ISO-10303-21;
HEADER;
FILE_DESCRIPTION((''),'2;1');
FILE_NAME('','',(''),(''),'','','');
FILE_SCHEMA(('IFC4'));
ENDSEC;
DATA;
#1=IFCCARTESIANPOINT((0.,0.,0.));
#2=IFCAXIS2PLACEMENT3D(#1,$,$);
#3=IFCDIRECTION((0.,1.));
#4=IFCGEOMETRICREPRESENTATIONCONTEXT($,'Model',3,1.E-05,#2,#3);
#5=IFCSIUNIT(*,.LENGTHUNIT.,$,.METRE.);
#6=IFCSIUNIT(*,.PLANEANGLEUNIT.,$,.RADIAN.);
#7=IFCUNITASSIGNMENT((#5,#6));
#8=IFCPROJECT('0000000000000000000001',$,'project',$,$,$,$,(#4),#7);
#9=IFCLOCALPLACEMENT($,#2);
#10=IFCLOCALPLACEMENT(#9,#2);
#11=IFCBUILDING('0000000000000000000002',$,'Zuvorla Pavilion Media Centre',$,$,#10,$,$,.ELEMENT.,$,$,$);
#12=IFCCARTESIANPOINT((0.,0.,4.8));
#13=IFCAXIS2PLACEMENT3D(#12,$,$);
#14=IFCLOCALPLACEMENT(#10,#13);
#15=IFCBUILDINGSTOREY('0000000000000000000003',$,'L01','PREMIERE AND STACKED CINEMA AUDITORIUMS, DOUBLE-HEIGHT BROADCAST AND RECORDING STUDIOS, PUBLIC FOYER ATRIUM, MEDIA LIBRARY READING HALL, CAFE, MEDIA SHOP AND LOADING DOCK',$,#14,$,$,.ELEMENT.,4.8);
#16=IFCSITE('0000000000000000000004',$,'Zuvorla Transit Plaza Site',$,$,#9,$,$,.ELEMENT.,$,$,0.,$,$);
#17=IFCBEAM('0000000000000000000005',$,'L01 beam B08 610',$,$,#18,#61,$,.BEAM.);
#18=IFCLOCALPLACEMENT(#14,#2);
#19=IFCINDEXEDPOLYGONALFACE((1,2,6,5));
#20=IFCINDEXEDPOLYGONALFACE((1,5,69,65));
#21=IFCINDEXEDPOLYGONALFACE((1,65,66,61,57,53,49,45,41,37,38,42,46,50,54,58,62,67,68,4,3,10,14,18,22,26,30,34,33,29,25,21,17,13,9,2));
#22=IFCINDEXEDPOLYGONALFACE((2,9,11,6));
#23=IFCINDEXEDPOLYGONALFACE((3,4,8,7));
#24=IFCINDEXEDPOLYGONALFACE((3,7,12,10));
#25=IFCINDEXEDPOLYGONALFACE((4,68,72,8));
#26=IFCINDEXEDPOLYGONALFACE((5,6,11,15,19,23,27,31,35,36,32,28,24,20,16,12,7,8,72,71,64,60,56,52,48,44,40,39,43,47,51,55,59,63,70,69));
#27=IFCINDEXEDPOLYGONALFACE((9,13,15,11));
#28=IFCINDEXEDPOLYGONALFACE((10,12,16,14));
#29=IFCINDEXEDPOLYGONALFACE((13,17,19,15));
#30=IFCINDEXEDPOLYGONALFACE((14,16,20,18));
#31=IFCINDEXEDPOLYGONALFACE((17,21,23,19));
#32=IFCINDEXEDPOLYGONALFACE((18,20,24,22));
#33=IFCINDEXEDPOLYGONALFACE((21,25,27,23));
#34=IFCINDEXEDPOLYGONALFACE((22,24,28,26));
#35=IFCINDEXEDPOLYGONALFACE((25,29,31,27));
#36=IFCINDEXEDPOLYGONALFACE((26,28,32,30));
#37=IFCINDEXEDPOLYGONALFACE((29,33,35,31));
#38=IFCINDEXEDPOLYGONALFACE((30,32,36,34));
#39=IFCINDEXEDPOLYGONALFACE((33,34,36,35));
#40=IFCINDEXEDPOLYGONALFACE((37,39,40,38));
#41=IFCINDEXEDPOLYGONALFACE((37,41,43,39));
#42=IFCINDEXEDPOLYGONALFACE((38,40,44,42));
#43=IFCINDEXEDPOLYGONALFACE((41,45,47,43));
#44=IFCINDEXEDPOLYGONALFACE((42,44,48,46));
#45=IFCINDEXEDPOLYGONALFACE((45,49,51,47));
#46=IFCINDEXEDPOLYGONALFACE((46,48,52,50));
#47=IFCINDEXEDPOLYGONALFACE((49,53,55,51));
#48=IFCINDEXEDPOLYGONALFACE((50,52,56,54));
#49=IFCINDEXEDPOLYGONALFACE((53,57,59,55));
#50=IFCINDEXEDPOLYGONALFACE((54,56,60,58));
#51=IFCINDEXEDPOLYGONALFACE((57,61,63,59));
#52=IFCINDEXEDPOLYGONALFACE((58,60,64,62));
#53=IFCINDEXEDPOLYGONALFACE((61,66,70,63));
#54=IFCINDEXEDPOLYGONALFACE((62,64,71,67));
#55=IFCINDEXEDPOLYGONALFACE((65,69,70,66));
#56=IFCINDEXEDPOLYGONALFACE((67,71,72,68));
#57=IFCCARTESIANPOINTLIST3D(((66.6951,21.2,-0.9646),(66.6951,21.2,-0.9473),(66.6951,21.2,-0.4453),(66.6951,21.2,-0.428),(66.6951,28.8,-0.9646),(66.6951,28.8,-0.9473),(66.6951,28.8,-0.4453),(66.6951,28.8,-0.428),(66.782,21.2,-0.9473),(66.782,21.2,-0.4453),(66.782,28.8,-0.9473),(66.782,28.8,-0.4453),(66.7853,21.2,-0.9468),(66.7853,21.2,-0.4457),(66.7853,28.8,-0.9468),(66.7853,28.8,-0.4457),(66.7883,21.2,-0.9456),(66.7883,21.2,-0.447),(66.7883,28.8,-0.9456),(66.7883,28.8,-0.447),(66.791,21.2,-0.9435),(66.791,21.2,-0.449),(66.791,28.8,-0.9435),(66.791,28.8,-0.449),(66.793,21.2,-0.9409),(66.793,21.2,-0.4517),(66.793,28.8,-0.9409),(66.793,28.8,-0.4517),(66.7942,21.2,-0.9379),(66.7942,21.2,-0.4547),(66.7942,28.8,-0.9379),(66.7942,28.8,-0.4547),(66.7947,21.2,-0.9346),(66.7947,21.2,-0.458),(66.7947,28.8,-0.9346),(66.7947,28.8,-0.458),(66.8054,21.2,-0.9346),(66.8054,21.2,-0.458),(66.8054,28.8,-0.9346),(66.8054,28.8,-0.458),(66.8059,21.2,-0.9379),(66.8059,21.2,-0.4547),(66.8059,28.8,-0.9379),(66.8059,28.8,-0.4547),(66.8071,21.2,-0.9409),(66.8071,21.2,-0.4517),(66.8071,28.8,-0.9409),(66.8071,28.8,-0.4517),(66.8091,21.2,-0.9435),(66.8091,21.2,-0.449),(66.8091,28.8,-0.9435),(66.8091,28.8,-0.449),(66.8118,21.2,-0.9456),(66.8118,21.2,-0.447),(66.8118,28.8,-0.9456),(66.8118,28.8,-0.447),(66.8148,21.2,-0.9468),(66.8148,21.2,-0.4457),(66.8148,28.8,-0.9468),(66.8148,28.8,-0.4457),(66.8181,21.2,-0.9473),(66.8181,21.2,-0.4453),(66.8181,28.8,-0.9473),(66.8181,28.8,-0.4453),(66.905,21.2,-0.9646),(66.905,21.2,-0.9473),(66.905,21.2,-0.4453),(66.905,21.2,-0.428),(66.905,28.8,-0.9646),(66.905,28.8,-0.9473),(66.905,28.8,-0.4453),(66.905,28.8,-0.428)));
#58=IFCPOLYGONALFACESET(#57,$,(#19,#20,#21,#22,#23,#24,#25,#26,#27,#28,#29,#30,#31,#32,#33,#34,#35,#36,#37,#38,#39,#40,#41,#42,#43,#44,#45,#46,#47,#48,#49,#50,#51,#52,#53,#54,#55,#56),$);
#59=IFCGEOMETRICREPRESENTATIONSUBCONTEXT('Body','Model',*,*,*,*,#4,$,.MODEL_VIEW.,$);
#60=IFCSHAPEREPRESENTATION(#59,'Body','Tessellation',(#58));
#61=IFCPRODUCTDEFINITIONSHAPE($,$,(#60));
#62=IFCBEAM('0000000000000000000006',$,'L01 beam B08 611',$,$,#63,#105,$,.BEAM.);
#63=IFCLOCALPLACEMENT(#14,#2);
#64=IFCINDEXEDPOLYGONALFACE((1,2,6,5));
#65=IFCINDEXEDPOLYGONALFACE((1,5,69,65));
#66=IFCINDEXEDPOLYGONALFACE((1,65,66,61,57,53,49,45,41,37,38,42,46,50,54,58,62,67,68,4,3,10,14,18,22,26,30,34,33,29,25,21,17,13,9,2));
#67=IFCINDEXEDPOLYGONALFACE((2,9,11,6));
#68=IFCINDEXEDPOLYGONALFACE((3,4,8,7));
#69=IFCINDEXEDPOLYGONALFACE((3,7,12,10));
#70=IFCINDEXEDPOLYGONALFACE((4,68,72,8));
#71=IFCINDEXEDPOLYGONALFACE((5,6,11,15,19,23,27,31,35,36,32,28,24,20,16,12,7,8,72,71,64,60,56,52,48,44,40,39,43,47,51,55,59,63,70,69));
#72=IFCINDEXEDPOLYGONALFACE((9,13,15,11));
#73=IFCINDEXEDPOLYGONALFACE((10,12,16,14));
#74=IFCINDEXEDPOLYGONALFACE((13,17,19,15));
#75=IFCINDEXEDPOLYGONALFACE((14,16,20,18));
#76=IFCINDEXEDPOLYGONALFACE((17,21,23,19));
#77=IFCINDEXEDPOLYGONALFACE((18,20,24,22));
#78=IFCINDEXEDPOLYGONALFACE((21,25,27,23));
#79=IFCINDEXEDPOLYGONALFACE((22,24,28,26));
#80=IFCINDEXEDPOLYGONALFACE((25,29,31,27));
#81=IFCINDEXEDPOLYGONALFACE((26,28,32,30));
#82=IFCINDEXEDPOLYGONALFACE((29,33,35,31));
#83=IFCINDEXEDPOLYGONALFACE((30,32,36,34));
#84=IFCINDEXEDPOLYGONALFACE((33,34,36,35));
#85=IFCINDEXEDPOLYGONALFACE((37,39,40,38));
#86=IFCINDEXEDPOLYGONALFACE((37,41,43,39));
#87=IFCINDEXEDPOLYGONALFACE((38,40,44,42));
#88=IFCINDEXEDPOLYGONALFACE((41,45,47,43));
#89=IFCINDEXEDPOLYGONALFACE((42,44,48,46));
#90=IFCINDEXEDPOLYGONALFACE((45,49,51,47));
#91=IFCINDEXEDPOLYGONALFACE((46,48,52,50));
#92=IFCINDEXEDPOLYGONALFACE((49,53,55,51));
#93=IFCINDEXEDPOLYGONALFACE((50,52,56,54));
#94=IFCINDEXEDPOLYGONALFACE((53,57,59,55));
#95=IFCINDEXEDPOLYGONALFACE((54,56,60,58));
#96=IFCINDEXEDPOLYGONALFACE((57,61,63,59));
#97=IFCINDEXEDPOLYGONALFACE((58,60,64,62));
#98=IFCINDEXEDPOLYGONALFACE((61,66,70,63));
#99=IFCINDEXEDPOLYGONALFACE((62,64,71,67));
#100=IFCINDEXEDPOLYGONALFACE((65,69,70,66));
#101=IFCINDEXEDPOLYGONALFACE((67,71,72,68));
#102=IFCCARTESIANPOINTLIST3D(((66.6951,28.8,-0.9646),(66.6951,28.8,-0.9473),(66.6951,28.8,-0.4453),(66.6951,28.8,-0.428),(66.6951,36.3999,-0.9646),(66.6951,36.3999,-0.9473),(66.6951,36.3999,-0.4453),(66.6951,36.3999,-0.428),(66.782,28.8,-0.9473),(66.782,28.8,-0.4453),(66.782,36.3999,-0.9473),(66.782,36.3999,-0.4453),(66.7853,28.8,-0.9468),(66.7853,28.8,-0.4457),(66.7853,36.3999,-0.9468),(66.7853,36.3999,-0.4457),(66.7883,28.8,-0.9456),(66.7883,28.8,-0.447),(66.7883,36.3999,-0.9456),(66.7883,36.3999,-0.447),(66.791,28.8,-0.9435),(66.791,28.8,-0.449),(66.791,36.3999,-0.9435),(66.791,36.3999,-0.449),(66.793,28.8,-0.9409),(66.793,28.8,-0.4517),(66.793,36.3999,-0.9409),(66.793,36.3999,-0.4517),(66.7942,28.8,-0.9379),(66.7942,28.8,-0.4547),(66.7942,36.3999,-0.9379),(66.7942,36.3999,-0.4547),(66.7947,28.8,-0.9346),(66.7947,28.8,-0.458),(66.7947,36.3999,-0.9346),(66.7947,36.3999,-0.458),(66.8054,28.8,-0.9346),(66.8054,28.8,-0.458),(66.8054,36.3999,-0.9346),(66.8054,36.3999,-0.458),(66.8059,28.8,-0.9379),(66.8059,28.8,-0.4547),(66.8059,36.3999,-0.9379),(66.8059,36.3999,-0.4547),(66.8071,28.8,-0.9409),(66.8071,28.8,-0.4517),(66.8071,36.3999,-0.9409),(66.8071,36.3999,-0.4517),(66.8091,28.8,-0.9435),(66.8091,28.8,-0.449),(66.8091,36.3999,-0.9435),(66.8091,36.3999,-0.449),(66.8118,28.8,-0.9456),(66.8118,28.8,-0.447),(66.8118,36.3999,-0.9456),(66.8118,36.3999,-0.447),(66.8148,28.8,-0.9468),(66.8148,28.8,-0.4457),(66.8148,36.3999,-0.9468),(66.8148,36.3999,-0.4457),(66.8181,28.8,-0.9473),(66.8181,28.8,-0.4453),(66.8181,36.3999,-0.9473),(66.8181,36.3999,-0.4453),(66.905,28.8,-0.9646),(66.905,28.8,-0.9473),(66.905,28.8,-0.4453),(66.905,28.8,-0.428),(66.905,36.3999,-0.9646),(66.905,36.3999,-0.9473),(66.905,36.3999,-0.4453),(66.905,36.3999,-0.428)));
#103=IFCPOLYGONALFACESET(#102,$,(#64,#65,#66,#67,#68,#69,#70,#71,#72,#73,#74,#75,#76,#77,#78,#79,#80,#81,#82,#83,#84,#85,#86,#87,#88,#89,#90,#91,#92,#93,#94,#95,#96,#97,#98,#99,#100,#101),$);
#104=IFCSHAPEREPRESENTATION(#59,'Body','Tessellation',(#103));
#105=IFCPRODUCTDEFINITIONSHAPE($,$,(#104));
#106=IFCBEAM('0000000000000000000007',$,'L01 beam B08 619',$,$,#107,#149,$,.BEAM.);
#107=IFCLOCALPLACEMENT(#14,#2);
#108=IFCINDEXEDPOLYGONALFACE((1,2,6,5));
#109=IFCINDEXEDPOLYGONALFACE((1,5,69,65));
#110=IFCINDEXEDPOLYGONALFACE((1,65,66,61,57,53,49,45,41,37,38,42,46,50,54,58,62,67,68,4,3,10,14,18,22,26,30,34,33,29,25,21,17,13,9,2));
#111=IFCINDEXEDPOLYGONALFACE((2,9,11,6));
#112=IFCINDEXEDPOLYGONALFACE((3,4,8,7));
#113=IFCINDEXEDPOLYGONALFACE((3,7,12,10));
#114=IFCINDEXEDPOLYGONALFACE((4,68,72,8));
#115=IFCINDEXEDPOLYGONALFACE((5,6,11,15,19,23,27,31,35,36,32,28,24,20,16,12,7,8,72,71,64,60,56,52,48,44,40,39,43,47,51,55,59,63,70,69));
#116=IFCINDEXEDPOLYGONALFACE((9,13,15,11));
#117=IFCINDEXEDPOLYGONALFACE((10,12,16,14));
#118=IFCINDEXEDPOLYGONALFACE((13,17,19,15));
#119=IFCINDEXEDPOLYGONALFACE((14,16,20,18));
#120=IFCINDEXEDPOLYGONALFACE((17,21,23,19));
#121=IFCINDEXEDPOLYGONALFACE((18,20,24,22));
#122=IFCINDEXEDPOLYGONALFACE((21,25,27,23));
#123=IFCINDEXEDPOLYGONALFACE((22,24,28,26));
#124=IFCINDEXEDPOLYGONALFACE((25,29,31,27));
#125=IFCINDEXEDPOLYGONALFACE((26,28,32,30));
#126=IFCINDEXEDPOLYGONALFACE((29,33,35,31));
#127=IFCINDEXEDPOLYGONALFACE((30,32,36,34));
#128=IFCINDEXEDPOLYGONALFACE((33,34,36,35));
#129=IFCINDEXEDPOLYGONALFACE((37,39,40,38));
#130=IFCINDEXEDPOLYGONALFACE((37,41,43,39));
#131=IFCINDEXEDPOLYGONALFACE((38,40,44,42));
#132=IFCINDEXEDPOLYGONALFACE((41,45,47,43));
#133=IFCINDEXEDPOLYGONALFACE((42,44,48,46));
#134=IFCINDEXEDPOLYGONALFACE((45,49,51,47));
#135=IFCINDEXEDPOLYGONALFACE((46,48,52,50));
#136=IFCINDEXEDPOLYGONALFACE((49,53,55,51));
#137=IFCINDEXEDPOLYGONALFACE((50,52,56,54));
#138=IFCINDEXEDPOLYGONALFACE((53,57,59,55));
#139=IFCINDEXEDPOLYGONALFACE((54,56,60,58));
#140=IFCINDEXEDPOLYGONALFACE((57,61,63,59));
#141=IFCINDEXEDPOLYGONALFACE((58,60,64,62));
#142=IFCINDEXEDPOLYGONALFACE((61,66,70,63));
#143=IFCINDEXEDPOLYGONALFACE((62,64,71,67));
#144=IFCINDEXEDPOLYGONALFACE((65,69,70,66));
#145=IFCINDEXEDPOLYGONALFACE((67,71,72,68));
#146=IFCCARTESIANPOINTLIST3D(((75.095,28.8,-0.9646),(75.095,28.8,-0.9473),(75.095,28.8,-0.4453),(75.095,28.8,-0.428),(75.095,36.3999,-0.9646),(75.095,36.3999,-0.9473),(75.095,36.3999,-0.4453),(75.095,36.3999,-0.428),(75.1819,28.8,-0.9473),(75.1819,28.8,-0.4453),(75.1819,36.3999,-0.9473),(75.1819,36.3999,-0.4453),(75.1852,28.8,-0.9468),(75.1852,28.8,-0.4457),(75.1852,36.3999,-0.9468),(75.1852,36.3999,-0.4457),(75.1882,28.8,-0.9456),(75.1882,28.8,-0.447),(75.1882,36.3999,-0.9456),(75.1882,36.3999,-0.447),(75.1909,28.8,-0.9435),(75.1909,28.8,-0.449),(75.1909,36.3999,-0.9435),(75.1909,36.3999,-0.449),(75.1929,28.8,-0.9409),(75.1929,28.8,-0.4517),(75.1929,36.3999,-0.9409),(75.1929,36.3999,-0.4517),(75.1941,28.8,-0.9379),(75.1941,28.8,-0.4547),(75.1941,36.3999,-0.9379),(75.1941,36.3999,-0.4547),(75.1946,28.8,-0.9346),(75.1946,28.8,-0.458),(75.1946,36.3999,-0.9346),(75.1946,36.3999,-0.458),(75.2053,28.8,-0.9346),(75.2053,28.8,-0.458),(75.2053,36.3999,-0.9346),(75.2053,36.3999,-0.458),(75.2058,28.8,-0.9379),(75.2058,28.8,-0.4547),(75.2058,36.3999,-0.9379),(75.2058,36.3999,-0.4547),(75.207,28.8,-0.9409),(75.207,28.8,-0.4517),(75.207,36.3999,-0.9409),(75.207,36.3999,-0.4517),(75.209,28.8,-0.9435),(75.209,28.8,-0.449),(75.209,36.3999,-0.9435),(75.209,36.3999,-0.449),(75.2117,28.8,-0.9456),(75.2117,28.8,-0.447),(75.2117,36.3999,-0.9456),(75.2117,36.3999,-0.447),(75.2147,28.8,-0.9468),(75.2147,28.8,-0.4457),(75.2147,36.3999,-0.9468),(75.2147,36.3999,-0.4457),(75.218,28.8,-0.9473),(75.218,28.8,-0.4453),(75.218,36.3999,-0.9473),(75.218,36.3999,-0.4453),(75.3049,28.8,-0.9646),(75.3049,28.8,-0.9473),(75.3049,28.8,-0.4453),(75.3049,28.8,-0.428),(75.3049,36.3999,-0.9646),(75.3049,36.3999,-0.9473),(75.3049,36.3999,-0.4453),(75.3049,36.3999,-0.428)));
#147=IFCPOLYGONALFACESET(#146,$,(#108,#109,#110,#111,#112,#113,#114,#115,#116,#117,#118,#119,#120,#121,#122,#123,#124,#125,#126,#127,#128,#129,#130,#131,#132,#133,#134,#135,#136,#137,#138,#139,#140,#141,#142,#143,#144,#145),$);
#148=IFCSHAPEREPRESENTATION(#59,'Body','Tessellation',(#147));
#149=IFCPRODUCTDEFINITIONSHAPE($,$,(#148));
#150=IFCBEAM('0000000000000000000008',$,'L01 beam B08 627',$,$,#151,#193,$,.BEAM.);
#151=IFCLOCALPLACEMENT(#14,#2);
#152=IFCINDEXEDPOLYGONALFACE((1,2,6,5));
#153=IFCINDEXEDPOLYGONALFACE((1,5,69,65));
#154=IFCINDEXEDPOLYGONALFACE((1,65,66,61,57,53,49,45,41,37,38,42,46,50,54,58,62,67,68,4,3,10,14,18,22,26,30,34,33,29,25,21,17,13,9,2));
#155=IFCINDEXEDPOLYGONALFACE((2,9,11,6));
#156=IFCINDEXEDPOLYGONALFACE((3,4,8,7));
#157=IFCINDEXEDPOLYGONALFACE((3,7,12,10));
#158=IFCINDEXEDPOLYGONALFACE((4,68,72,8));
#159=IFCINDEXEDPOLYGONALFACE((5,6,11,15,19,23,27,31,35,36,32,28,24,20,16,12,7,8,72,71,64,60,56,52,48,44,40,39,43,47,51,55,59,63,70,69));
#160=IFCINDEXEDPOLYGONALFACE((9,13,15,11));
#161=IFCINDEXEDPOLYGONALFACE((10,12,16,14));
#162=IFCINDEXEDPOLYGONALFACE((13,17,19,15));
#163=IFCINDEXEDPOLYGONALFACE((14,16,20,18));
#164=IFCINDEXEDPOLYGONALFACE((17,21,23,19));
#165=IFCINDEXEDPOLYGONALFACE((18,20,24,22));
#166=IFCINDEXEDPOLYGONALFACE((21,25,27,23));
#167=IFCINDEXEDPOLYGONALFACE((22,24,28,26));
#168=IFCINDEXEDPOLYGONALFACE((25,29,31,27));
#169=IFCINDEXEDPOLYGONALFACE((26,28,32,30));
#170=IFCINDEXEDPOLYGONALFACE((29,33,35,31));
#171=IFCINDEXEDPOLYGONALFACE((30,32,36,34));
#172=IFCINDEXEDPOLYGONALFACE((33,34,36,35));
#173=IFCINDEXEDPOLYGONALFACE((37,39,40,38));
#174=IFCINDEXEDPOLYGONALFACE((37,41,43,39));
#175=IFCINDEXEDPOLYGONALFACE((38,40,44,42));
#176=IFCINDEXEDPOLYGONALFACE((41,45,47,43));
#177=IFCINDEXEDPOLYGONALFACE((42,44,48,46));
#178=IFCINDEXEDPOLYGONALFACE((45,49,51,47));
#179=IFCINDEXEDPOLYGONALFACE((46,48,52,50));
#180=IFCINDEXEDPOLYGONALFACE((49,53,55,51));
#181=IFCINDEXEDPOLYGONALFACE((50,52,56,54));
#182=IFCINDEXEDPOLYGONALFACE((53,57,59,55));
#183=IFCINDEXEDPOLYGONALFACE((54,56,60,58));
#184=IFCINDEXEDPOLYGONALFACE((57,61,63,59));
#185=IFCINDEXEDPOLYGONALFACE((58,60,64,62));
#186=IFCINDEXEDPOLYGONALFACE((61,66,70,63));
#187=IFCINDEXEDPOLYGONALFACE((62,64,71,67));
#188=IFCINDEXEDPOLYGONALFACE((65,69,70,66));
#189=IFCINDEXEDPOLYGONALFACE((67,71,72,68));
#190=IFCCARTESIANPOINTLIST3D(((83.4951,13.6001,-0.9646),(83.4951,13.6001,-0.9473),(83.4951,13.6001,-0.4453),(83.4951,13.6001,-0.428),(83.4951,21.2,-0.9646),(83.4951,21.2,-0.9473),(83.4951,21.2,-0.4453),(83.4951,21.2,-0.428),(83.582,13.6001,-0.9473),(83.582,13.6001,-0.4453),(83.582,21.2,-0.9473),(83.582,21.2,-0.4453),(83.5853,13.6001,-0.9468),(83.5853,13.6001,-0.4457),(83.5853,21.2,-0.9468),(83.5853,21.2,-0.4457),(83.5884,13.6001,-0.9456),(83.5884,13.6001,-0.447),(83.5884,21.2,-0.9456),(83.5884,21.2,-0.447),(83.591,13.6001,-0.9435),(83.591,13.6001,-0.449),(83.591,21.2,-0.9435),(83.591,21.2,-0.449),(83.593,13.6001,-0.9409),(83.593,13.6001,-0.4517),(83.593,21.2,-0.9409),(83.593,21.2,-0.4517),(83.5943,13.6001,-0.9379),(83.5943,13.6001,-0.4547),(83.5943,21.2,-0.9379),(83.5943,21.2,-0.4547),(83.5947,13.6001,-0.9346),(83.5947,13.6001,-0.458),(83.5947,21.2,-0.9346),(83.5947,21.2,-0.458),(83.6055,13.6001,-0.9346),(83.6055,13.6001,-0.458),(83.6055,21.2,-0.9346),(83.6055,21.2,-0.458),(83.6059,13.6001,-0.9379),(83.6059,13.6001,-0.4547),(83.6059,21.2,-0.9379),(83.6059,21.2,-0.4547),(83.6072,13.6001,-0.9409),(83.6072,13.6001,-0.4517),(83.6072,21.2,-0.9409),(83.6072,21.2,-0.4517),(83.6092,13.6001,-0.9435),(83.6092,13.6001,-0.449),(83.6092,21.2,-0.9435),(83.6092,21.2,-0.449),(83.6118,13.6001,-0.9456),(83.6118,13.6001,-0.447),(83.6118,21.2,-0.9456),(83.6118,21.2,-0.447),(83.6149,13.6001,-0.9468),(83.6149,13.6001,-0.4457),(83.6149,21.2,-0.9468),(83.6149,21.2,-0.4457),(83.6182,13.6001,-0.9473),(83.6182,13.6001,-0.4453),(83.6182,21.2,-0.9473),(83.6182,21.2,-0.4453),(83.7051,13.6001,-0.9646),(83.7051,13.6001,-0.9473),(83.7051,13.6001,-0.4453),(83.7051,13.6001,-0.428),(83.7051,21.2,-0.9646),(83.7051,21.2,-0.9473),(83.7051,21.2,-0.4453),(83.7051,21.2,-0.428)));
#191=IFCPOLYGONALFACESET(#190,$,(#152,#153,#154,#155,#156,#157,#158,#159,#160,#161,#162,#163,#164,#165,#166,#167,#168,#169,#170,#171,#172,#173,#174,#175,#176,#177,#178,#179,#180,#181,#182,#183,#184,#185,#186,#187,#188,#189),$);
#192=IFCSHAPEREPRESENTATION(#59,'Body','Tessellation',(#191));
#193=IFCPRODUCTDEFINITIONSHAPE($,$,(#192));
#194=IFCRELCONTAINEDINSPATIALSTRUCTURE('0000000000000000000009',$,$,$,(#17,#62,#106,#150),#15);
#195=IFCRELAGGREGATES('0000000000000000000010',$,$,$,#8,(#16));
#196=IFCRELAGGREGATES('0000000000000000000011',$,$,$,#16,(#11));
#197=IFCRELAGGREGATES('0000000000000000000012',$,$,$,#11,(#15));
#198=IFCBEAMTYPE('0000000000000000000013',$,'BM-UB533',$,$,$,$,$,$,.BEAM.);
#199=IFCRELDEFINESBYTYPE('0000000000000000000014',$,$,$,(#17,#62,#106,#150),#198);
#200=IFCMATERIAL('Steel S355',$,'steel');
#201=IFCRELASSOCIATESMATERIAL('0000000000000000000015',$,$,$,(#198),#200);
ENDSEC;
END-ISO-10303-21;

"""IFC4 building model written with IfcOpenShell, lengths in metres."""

from ifc_helpers import new_model, si_unit, direction, frame, origin, origin_2d, place, context, subcontext, project, spatial, i_section, extrude, material, material_profile, profile_set, type_object, element, save


model = new_model("IFC4")

# Units and contexts
model_context = context("Model", 3, precision=1e-05, world=origin(), true_north=direction((0.0, 1.0)))
body_context = subcontext(model_context, "Body", "Model", "MODEL_VIEW")
ifc_project = project(units=[si_unit("LENGTHUNIT", "METRE"), si_unit("PLANEANGLEUNIT", "RADIAN")], contexts=[model_context])

# Site, building, storey
site_placement = place(None, origin())
site = spatial("IfcSite", under=ifc_project, at=site_placement, Name="Zuvorla Transit Plaza Site", CompositionType="ELEMENT", RefElevation=0.0)
building_placement = place(site_placement, origin())
building = spatial("IfcBuilding", under=site, at=building_placement, Name="Zuvorla Pavilion Media Centre", CompositionType="ELEMENT")
storey_placement = place(building_placement, frame((0.0, 0.0, 4.8)))
storey = spatial("IfcBuildingStorey", under=building, at=storey_placement, Name="L01", Description="PREMIERE AND STACKED CINEMA AUDITORIUMS, DOUBLE-HEIGHT BROADCAST AND RECORDING STUDIOS, PUBLIC FOYER ATRIUM, MEDIA LIBRARY READING HALL, CAFE, MEDIA SHOP AND LOADING DOCK", CompositionType="ELEMENT", Elevation=4.8)

# Beams
ifc_material_1 = material(Name="Steel S355", Category="steel")
ifc_material_profile_1 = material_profile(ifc_material_1, i_section(OverallWidth=0.21, OverallDepth=0.5366, WebThickness=0.0107, FlangeThickness=0.0173, FilletRadius=0.0127, at=origin_2d()), Name="UB 533x210x101")
ifc_profile_set_1 = profile_set([ifc_material_profile_1], Name="Steel S355")
beam_type_1 = type_object("IfcBeamType", Name="BM-UB533", PredefinedType="BEAM", material=ifc_profile_set_1)
beam_1_placement = place(storey_placement, frame((66.8, 21.2, -0.6963), z_axis=(0.0, 1.0, 0.0), x_axis=(-1.0, 0.0, 0.0)))
element("IfcBeam", 1, at=beam_1_placement, inside=storey, type_object=beam_type_1, Name="L01 beam B08 610", PredefinedType="BEAM", context=body_context, shape_type="SweptSolid", body=[
    extrude(i_section(OverallWidth=0.21, OverallDepth=0.5366, WebThickness=0.0107, FlangeThickness=0.0173, FilletRadius=0.0127, at=origin_2d()), origin(), (0.0, 0.0, 1.0), 7.6001),
])
for number, where, z_axis, x_axis, name in (
    (2, (66.8, 28.8, -0.6963), (0.0, 1.0, 0.0), (-1.0, 0.0, 0.0), "L01 beam B08 611"),
    (3, (75.2, 28.8, -0.6963), (0.0, 1.0, 0.0), (-1.0, 0.0, 0.0), "L01 beam B08 619"),
    (4, (83.6001, 13.6001, -0.6963), (0.0, 1.0, 0.0), (-1.0, 0.0, 0.0), "L01 beam B08 627"),
):
    element("IfcBeam", number, at=place(storey_placement, frame(where, z_axis=z_axis, x_axis=x_axis)), inside=storey, type_object=beam_type_1, Name=name, PredefinedType="BEAM", context=body_context, shape_type="SweptSolid", body=[
        extrude(i_section(OverallWidth=0.21, OverallDepth=0.5366, WebThickness=0.0107, FlangeThickness=0.0173, FilletRadius=0.0127, at=origin_2d()), origin(), (0.0, 0.0, 1.0), 7.5999),
    ])

save(model, "model.ifc")
